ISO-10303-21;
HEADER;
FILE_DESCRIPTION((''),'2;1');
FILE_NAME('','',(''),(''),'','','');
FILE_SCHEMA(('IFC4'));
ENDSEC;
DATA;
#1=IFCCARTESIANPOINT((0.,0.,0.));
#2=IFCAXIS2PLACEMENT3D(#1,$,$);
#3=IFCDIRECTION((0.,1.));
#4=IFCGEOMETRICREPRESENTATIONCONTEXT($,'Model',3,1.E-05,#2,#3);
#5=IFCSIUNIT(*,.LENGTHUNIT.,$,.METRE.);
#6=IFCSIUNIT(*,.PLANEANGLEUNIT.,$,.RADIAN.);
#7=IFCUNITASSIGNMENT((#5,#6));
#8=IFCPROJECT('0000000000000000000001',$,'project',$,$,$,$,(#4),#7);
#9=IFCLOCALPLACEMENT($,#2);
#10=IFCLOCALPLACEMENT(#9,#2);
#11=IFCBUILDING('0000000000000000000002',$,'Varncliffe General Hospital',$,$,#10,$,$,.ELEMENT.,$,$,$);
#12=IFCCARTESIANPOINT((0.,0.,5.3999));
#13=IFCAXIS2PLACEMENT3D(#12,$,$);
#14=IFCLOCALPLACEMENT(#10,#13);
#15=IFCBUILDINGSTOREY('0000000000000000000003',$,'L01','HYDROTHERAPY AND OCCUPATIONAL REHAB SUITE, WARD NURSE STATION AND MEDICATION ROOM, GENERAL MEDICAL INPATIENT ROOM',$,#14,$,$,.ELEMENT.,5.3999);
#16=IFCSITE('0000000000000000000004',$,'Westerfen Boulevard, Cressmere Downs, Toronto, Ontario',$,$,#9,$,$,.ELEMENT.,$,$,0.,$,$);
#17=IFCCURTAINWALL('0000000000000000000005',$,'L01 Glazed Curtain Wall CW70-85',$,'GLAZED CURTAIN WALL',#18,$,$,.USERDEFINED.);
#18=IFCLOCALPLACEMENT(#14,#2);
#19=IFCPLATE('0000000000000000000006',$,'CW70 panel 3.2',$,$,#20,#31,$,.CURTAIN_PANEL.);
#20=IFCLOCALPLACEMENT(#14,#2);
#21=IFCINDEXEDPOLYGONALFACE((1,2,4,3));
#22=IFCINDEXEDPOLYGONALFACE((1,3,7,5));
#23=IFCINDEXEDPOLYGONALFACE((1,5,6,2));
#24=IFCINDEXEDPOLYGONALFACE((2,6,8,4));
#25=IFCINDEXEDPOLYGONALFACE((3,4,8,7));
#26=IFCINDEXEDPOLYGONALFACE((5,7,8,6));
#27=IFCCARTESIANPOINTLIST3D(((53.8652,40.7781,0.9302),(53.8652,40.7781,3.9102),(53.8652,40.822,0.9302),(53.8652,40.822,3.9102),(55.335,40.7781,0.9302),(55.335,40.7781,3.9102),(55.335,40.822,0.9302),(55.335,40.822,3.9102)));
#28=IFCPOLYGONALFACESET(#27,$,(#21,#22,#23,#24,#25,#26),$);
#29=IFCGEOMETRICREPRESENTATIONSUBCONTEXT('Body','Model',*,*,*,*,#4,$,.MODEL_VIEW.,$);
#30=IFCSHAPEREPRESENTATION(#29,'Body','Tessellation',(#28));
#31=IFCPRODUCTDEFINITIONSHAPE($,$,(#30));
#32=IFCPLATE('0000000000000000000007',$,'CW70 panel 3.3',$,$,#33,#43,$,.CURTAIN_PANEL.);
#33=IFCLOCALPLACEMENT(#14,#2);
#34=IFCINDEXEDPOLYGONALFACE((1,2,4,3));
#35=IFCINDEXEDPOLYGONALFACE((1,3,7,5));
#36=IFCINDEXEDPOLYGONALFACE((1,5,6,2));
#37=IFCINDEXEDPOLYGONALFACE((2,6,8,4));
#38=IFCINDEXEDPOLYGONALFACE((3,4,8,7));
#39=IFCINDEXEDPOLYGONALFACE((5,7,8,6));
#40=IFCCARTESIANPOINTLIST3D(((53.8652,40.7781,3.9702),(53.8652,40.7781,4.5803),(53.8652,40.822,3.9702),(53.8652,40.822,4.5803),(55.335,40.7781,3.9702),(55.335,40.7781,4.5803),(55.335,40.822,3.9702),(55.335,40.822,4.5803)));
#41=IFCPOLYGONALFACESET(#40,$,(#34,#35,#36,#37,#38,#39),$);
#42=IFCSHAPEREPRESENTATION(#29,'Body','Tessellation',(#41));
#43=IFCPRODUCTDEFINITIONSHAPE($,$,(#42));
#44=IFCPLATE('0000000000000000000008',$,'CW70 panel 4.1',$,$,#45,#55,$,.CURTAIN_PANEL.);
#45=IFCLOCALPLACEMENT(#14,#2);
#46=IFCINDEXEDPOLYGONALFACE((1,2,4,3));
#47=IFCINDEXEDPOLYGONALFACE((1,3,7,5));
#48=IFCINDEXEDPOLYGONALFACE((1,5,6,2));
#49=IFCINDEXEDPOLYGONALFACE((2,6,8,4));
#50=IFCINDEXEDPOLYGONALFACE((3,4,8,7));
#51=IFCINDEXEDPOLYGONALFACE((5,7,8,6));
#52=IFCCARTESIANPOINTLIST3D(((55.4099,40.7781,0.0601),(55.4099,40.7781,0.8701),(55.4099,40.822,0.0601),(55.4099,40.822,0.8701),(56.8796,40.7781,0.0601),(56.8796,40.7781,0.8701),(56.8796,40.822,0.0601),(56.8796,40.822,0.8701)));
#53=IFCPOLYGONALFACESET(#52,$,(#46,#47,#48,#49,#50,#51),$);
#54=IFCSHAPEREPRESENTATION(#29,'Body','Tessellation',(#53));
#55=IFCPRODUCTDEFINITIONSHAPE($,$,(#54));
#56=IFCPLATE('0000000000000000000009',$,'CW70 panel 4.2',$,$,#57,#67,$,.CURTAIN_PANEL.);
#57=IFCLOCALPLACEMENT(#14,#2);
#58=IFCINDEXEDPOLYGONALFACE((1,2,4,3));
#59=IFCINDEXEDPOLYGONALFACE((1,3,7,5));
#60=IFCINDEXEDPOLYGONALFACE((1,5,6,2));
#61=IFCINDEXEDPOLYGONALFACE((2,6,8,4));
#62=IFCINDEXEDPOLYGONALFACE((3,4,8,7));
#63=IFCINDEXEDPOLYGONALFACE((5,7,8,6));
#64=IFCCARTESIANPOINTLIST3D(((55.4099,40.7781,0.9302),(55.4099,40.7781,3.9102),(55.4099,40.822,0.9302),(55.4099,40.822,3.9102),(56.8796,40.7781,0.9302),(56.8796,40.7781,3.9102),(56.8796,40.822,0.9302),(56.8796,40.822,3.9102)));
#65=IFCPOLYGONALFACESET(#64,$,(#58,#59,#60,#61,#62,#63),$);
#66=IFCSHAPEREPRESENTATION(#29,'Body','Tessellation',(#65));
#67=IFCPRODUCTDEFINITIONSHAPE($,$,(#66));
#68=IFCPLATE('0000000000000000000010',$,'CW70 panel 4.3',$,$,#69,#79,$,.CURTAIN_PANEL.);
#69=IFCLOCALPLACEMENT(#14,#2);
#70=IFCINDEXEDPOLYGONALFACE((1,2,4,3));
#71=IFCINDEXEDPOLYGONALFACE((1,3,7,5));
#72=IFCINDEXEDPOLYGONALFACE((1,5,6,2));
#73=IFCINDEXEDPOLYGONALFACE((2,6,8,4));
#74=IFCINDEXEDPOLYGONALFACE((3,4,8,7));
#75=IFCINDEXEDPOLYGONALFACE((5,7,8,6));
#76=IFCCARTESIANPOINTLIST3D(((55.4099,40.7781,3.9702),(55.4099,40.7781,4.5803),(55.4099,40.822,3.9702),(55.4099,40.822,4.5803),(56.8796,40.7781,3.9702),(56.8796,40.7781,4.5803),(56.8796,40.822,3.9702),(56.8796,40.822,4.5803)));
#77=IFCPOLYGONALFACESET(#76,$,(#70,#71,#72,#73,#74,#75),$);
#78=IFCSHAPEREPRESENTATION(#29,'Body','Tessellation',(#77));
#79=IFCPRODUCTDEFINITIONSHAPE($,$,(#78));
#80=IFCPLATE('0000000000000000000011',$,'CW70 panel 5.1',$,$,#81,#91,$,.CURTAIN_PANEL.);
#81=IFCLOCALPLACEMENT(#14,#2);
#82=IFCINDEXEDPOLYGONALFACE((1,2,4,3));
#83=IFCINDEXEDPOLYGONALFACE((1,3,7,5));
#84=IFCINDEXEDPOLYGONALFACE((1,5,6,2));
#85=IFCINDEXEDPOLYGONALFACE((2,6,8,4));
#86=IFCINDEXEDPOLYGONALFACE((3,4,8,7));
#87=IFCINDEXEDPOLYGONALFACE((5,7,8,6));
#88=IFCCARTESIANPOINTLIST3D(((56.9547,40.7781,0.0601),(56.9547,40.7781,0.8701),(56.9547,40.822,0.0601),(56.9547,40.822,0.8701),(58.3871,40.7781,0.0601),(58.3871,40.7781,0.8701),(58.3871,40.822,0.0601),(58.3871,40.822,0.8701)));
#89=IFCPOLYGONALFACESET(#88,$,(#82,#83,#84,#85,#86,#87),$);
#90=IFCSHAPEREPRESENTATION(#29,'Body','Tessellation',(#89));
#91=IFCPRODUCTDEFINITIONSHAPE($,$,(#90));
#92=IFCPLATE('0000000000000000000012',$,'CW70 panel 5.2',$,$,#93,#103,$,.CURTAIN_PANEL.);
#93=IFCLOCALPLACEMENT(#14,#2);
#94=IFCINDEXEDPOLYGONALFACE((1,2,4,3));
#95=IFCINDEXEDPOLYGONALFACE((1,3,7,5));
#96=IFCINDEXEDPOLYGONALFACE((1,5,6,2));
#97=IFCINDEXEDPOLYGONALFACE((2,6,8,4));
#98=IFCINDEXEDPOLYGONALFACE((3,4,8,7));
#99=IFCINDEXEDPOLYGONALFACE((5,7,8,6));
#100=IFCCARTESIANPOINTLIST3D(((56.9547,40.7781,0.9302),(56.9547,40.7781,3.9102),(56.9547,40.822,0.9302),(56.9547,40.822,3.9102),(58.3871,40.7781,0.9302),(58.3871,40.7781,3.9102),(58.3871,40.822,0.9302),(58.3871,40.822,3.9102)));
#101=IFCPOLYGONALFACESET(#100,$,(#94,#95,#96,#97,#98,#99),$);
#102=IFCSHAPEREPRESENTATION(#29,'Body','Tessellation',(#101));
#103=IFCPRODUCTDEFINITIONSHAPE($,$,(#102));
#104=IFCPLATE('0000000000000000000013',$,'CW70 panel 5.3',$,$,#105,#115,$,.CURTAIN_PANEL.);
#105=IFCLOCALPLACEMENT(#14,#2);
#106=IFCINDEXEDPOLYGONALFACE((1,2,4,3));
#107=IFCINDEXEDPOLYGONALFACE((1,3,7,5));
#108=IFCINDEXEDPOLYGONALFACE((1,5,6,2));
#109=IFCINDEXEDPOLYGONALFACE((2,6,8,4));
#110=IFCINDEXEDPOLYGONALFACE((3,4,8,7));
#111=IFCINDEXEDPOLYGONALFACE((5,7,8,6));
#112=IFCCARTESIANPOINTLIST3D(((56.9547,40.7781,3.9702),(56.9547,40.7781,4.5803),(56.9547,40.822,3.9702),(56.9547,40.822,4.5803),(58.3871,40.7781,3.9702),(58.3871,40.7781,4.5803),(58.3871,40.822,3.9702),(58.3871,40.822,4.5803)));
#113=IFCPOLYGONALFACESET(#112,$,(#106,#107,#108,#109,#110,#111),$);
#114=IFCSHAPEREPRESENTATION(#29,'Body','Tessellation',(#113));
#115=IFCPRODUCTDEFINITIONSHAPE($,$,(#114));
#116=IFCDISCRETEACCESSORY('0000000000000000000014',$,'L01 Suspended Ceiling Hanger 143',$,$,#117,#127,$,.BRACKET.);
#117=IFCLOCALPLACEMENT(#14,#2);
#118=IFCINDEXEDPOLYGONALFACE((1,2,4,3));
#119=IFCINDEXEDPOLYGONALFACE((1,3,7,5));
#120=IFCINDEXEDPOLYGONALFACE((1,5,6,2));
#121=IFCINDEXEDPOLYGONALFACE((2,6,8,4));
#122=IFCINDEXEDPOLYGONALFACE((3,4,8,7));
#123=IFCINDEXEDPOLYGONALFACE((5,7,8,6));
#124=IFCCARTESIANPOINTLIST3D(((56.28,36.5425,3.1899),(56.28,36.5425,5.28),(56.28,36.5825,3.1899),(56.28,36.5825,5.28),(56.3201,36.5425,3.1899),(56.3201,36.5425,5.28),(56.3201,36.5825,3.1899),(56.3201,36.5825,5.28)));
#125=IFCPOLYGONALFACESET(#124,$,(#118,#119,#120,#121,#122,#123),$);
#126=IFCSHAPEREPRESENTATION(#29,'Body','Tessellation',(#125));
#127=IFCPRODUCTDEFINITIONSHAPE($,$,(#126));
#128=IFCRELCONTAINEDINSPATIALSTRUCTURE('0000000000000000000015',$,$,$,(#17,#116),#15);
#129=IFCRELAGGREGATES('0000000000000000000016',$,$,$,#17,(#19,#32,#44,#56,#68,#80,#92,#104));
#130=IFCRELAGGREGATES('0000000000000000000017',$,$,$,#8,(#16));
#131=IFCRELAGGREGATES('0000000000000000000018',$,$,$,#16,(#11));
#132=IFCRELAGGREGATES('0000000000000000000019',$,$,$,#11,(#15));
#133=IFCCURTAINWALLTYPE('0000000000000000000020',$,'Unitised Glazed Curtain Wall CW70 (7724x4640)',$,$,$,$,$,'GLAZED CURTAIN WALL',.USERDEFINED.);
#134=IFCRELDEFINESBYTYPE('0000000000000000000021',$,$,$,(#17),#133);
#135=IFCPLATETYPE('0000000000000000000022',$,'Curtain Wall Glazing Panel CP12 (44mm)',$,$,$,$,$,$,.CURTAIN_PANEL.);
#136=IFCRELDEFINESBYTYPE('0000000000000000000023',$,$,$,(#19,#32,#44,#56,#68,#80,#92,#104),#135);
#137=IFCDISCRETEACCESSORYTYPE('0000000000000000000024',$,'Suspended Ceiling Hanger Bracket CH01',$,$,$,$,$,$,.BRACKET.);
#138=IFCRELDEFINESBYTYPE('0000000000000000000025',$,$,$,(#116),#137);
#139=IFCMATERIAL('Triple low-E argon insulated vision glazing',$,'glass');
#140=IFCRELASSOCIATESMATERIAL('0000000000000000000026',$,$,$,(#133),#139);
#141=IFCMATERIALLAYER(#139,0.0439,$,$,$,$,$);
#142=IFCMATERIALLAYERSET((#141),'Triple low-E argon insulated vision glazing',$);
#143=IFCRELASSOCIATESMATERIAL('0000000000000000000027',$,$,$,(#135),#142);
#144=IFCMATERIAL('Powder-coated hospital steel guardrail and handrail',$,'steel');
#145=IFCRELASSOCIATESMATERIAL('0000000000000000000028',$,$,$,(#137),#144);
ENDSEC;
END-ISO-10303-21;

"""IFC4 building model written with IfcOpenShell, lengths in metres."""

from ifc_helpers import new_model, si_unit, direction, frame, origin, origin_2d, place, context, subcontext, project, spatial, rectangle, extrude, material, layer, layer_set, type_object, element, aggregate, save


model = new_model("IFC4")

# Units and contexts
model_context = context("Model", 3, precision=1e-05, world=origin(), true_north=direction((0.0, 1.0)))
body_context = subcontext(model_context, "Body", "Model", "MODEL_VIEW")
ifc_project = project(units=[si_unit("LENGTHUNIT", "METRE"), si_unit("PLANEANGLEUNIT", "RADIAN")], contexts=[model_context])

# Site, building, storey
site_placement = place(None, origin())
site = spatial("IfcSite", under=ifc_project, at=site_placement, Name="Westerfen Boulevard, Cressmere Downs, Toronto, Ontario", CompositionType="ELEMENT", RefElevation=0.0)
building_placement = place(site_placement, origin())
building = spatial("IfcBuilding", under=site, at=building_placement, Name="Varncliffe General Hospital", CompositionType="ELEMENT")
storey_placement = place(building_placement, frame((0.0, 0.0, 5.3999)))
storey = spatial("IfcBuildingStorey", under=building, at=storey_placement, Name="L01", Description="HYDROTHERAPY AND OCCUPATIONAL REHAB SUITE, WARD NURSE STATION AND MEDICATION ROOM, GENERAL MEDICAL INPATIENT ROOM", CompositionType="ELEMENT", Elevation=5.3999)

# Curtain wall, plates
ifc_material_1 = material(Name="Triple low-E argon insulated vision glazing", Category="glass")
curtain_wall_type = type_object("IfcCurtainWallType", Name="Unitised Glazed Curtain Wall CW70 (7724x4640)", ElementType="GLAZED CURTAIN WALL", PredefinedType="USERDEFINED", material=ifc_material_1)
curtain_wall_placement = place(storey_placement, origin())
curtain_wall = element("IfcCurtainWall", 1, at=curtain_wall_placement, inside=storey, type_object=curtain_wall_type, Name="L01 Glazed Curtain Wall CW70-85", ObjectType="GLAZED CURTAIN WALL", PredefinedType="USERDEFINED")
ifc_layer = layer(ifc_material_1, 0.0439)
ifc_layer_set = layer_set([ifc_layer], Name="Triple low-E argon insulated vision glazing")
plate_type = type_object("IfcPlateType", Name="Curtain Wall Glazing Panel CP12 (44mm)", PredefinedType="CURTAIN_PANEL", material=ifc_layer_set)
plate_1_placement = place(storey_placement, frame((54.6001, 40.8, 0.9302), z_axis=(0.0, 0.0, 1.0), x_axis=(1.0, 0.0, 0.0)))
plate_1 = element("IfcPlate", 2, at=plate_1_placement, type_object=plate_type, Name="CW70 panel 3.2", PredefinedType="CURTAIN_PANEL", context=body_context, shape_type="SweptSolid", body=[
    extrude(rectangle(XDim=1.4697, YDim=0.0439, at=origin_2d()), origin(), (0.0, 0.0, 1.0), 2.98),
])
plate_2_placement = place(storey_placement, frame((54.6001, 40.8, 3.9702), z_axis=(0.0, 0.0, 1.0), x_axis=(1.0, 0.0, 0.0)))
plate_2 = element("IfcPlate", 3, at=plate_2_placement, type_object=plate_type, Name="CW70 panel 3.3", PredefinedType="CURTAIN_PANEL", context=body_context, shape_type="SweptSolid", body=[
    extrude(rectangle(XDim=1.4697, YDim=0.0439, at=origin_2d()), origin(), (0.0, 0.0, 1.0), 0.6101),
])
plate_3_placement = place(storey_placement, frame((56.1448, 40.8, 0.0601), z_axis=(0.0, 0.0, 1.0), x_axis=(1.0, 0.0, 0.0)))
plate_3 = element("IfcPlate", 4, at=plate_3_placement, type_object=plate_type, Name="CW70 panel 4.1", PredefinedType="CURTAIN_PANEL", context=body_context, shape_type="SweptSolid", body=[
    extrude(rectangle(XDim=1.4697, YDim=0.0439, at=origin_2d()), origin(), (0.0, 0.0, 1.0), 0.8101),
])
plate_4_placement = place(storey_placement, frame((56.1448, 40.8, 0.9302), z_axis=(0.0, 0.0, 1.0), x_axis=(1.0, 0.0, 0.0)))
plate_4 = element("IfcPlate", 5, at=plate_4_placement, type_object=plate_type, Name="CW70 panel 4.2", PredefinedType="CURTAIN_PANEL", context=body_context, shape_type="SweptSolid", body=[
    extrude(rectangle(XDim=1.4697, YDim=0.0439, at=origin_2d()), origin(), (0.0, 0.0, 1.0), 2.98),
])
plate_5_placement = place(storey_placement, frame((56.1448, 40.8, 3.9702), z_axis=(0.0, 0.0, 1.0), x_axis=(1.0, 0.0, 0.0)))
plate_5 = element("IfcPlate", 6, at=plate_5_placement, type_object=plate_type, Name="CW70 panel 4.3", PredefinedType="CURTAIN_PANEL", context=body_context, shape_type="SweptSolid", body=[
    extrude(rectangle(XDim=1.4697, YDim=0.0439, at=origin_2d()), origin(), (0.0, 0.0, 1.0), 0.6101),
])
plate_6_placement = place(storey_placement, frame((57.6709, 40.8, 0.0601), z_axis=(0.0, 0.0, 1.0), x_axis=(1.0, 0.0, 0.0)))
plate_6 = element("IfcPlate", 7, at=plate_6_placement, type_object=plate_type, Name="CW70 panel 5.1", PredefinedType="CURTAIN_PANEL", context=body_context, shape_type="SweptSolid", body=[
    extrude(rectangle(XDim=1.4324, YDim=0.0439, at=origin_2d()), origin(), (0.0, 0.0, 1.0), 0.8101),
])
plate_7_placement = place(storey_placement, frame((57.6709, 40.8, 0.9302), z_axis=(0.0, 0.0, 1.0), x_axis=(1.0, 0.0, 0.0)))
plate_7 = element("IfcPlate", 8, at=plate_7_placement, type_object=plate_type, Name="CW70 panel 5.2", PredefinedType="CURTAIN_PANEL", context=body_context, shape_type="SweptSolid", body=[
    extrude(rectangle(XDim=1.4324, YDim=0.0439, at=origin_2d()), origin(), (0.0, 0.0, 1.0), 2.98),
])
plate_8_placement = place(storey_placement, frame((57.6709, 40.8, 3.9702), z_axis=(0.0, 0.0, 1.0), x_axis=(1.0, 0.0, 0.0)))
plate_8 = element("IfcPlate", 9, at=plate_8_placement, type_object=plate_type, Name="CW70 panel 5.3", PredefinedType="CURTAIN_PANEL", context=body_context, shape_type="SweptSolid", body=[
    extrude(rectangle(XDim=1.4324, YDim=0.0439, at=origin_2d()), origin(), (0.0, 0.0, 1.0), 0.6101),
])
aggregate(curtain_wall, [plate_1, plate_2, plate_3, plate_4, plate_5, plate_6, plate_7, plate_8])

# Discrete accessory
ifc_material_2 = material(Name="Powder-coated hospital steel guardrail and handrail", Category="steel")
discrete_accessory_type = type_object("IfcDiscreteAccessoryType", Name="Suspended Ceiling Hanger Bracket CH01", PredefinedType="BRACKET", material=ifc_material_2)
discrete_accessory_placement = place(storey_placement, frame((56.3, 36.5625, 3.1899), z_axis=(0.0, 0.0, 1.0), x_axis=(1.0, 0.0, 0.0)))
element("IfcDiscreteAccessory", 10, at=discrete_accessory_placement, inside=storey, type_object=discrete_accessory_type, Name="L01 Suspended Ceiling Hanger 143", PredefinedType="BRACKET", context=body_context, shape_type="SweptSolid", body=[
    extrude(rectangle(XDim=0.04, YDim=0.04, at=origin_2d()), origin(), (0.0, 0.0, 1.0), 2.0901),
])

save(model, "model.ifc")
